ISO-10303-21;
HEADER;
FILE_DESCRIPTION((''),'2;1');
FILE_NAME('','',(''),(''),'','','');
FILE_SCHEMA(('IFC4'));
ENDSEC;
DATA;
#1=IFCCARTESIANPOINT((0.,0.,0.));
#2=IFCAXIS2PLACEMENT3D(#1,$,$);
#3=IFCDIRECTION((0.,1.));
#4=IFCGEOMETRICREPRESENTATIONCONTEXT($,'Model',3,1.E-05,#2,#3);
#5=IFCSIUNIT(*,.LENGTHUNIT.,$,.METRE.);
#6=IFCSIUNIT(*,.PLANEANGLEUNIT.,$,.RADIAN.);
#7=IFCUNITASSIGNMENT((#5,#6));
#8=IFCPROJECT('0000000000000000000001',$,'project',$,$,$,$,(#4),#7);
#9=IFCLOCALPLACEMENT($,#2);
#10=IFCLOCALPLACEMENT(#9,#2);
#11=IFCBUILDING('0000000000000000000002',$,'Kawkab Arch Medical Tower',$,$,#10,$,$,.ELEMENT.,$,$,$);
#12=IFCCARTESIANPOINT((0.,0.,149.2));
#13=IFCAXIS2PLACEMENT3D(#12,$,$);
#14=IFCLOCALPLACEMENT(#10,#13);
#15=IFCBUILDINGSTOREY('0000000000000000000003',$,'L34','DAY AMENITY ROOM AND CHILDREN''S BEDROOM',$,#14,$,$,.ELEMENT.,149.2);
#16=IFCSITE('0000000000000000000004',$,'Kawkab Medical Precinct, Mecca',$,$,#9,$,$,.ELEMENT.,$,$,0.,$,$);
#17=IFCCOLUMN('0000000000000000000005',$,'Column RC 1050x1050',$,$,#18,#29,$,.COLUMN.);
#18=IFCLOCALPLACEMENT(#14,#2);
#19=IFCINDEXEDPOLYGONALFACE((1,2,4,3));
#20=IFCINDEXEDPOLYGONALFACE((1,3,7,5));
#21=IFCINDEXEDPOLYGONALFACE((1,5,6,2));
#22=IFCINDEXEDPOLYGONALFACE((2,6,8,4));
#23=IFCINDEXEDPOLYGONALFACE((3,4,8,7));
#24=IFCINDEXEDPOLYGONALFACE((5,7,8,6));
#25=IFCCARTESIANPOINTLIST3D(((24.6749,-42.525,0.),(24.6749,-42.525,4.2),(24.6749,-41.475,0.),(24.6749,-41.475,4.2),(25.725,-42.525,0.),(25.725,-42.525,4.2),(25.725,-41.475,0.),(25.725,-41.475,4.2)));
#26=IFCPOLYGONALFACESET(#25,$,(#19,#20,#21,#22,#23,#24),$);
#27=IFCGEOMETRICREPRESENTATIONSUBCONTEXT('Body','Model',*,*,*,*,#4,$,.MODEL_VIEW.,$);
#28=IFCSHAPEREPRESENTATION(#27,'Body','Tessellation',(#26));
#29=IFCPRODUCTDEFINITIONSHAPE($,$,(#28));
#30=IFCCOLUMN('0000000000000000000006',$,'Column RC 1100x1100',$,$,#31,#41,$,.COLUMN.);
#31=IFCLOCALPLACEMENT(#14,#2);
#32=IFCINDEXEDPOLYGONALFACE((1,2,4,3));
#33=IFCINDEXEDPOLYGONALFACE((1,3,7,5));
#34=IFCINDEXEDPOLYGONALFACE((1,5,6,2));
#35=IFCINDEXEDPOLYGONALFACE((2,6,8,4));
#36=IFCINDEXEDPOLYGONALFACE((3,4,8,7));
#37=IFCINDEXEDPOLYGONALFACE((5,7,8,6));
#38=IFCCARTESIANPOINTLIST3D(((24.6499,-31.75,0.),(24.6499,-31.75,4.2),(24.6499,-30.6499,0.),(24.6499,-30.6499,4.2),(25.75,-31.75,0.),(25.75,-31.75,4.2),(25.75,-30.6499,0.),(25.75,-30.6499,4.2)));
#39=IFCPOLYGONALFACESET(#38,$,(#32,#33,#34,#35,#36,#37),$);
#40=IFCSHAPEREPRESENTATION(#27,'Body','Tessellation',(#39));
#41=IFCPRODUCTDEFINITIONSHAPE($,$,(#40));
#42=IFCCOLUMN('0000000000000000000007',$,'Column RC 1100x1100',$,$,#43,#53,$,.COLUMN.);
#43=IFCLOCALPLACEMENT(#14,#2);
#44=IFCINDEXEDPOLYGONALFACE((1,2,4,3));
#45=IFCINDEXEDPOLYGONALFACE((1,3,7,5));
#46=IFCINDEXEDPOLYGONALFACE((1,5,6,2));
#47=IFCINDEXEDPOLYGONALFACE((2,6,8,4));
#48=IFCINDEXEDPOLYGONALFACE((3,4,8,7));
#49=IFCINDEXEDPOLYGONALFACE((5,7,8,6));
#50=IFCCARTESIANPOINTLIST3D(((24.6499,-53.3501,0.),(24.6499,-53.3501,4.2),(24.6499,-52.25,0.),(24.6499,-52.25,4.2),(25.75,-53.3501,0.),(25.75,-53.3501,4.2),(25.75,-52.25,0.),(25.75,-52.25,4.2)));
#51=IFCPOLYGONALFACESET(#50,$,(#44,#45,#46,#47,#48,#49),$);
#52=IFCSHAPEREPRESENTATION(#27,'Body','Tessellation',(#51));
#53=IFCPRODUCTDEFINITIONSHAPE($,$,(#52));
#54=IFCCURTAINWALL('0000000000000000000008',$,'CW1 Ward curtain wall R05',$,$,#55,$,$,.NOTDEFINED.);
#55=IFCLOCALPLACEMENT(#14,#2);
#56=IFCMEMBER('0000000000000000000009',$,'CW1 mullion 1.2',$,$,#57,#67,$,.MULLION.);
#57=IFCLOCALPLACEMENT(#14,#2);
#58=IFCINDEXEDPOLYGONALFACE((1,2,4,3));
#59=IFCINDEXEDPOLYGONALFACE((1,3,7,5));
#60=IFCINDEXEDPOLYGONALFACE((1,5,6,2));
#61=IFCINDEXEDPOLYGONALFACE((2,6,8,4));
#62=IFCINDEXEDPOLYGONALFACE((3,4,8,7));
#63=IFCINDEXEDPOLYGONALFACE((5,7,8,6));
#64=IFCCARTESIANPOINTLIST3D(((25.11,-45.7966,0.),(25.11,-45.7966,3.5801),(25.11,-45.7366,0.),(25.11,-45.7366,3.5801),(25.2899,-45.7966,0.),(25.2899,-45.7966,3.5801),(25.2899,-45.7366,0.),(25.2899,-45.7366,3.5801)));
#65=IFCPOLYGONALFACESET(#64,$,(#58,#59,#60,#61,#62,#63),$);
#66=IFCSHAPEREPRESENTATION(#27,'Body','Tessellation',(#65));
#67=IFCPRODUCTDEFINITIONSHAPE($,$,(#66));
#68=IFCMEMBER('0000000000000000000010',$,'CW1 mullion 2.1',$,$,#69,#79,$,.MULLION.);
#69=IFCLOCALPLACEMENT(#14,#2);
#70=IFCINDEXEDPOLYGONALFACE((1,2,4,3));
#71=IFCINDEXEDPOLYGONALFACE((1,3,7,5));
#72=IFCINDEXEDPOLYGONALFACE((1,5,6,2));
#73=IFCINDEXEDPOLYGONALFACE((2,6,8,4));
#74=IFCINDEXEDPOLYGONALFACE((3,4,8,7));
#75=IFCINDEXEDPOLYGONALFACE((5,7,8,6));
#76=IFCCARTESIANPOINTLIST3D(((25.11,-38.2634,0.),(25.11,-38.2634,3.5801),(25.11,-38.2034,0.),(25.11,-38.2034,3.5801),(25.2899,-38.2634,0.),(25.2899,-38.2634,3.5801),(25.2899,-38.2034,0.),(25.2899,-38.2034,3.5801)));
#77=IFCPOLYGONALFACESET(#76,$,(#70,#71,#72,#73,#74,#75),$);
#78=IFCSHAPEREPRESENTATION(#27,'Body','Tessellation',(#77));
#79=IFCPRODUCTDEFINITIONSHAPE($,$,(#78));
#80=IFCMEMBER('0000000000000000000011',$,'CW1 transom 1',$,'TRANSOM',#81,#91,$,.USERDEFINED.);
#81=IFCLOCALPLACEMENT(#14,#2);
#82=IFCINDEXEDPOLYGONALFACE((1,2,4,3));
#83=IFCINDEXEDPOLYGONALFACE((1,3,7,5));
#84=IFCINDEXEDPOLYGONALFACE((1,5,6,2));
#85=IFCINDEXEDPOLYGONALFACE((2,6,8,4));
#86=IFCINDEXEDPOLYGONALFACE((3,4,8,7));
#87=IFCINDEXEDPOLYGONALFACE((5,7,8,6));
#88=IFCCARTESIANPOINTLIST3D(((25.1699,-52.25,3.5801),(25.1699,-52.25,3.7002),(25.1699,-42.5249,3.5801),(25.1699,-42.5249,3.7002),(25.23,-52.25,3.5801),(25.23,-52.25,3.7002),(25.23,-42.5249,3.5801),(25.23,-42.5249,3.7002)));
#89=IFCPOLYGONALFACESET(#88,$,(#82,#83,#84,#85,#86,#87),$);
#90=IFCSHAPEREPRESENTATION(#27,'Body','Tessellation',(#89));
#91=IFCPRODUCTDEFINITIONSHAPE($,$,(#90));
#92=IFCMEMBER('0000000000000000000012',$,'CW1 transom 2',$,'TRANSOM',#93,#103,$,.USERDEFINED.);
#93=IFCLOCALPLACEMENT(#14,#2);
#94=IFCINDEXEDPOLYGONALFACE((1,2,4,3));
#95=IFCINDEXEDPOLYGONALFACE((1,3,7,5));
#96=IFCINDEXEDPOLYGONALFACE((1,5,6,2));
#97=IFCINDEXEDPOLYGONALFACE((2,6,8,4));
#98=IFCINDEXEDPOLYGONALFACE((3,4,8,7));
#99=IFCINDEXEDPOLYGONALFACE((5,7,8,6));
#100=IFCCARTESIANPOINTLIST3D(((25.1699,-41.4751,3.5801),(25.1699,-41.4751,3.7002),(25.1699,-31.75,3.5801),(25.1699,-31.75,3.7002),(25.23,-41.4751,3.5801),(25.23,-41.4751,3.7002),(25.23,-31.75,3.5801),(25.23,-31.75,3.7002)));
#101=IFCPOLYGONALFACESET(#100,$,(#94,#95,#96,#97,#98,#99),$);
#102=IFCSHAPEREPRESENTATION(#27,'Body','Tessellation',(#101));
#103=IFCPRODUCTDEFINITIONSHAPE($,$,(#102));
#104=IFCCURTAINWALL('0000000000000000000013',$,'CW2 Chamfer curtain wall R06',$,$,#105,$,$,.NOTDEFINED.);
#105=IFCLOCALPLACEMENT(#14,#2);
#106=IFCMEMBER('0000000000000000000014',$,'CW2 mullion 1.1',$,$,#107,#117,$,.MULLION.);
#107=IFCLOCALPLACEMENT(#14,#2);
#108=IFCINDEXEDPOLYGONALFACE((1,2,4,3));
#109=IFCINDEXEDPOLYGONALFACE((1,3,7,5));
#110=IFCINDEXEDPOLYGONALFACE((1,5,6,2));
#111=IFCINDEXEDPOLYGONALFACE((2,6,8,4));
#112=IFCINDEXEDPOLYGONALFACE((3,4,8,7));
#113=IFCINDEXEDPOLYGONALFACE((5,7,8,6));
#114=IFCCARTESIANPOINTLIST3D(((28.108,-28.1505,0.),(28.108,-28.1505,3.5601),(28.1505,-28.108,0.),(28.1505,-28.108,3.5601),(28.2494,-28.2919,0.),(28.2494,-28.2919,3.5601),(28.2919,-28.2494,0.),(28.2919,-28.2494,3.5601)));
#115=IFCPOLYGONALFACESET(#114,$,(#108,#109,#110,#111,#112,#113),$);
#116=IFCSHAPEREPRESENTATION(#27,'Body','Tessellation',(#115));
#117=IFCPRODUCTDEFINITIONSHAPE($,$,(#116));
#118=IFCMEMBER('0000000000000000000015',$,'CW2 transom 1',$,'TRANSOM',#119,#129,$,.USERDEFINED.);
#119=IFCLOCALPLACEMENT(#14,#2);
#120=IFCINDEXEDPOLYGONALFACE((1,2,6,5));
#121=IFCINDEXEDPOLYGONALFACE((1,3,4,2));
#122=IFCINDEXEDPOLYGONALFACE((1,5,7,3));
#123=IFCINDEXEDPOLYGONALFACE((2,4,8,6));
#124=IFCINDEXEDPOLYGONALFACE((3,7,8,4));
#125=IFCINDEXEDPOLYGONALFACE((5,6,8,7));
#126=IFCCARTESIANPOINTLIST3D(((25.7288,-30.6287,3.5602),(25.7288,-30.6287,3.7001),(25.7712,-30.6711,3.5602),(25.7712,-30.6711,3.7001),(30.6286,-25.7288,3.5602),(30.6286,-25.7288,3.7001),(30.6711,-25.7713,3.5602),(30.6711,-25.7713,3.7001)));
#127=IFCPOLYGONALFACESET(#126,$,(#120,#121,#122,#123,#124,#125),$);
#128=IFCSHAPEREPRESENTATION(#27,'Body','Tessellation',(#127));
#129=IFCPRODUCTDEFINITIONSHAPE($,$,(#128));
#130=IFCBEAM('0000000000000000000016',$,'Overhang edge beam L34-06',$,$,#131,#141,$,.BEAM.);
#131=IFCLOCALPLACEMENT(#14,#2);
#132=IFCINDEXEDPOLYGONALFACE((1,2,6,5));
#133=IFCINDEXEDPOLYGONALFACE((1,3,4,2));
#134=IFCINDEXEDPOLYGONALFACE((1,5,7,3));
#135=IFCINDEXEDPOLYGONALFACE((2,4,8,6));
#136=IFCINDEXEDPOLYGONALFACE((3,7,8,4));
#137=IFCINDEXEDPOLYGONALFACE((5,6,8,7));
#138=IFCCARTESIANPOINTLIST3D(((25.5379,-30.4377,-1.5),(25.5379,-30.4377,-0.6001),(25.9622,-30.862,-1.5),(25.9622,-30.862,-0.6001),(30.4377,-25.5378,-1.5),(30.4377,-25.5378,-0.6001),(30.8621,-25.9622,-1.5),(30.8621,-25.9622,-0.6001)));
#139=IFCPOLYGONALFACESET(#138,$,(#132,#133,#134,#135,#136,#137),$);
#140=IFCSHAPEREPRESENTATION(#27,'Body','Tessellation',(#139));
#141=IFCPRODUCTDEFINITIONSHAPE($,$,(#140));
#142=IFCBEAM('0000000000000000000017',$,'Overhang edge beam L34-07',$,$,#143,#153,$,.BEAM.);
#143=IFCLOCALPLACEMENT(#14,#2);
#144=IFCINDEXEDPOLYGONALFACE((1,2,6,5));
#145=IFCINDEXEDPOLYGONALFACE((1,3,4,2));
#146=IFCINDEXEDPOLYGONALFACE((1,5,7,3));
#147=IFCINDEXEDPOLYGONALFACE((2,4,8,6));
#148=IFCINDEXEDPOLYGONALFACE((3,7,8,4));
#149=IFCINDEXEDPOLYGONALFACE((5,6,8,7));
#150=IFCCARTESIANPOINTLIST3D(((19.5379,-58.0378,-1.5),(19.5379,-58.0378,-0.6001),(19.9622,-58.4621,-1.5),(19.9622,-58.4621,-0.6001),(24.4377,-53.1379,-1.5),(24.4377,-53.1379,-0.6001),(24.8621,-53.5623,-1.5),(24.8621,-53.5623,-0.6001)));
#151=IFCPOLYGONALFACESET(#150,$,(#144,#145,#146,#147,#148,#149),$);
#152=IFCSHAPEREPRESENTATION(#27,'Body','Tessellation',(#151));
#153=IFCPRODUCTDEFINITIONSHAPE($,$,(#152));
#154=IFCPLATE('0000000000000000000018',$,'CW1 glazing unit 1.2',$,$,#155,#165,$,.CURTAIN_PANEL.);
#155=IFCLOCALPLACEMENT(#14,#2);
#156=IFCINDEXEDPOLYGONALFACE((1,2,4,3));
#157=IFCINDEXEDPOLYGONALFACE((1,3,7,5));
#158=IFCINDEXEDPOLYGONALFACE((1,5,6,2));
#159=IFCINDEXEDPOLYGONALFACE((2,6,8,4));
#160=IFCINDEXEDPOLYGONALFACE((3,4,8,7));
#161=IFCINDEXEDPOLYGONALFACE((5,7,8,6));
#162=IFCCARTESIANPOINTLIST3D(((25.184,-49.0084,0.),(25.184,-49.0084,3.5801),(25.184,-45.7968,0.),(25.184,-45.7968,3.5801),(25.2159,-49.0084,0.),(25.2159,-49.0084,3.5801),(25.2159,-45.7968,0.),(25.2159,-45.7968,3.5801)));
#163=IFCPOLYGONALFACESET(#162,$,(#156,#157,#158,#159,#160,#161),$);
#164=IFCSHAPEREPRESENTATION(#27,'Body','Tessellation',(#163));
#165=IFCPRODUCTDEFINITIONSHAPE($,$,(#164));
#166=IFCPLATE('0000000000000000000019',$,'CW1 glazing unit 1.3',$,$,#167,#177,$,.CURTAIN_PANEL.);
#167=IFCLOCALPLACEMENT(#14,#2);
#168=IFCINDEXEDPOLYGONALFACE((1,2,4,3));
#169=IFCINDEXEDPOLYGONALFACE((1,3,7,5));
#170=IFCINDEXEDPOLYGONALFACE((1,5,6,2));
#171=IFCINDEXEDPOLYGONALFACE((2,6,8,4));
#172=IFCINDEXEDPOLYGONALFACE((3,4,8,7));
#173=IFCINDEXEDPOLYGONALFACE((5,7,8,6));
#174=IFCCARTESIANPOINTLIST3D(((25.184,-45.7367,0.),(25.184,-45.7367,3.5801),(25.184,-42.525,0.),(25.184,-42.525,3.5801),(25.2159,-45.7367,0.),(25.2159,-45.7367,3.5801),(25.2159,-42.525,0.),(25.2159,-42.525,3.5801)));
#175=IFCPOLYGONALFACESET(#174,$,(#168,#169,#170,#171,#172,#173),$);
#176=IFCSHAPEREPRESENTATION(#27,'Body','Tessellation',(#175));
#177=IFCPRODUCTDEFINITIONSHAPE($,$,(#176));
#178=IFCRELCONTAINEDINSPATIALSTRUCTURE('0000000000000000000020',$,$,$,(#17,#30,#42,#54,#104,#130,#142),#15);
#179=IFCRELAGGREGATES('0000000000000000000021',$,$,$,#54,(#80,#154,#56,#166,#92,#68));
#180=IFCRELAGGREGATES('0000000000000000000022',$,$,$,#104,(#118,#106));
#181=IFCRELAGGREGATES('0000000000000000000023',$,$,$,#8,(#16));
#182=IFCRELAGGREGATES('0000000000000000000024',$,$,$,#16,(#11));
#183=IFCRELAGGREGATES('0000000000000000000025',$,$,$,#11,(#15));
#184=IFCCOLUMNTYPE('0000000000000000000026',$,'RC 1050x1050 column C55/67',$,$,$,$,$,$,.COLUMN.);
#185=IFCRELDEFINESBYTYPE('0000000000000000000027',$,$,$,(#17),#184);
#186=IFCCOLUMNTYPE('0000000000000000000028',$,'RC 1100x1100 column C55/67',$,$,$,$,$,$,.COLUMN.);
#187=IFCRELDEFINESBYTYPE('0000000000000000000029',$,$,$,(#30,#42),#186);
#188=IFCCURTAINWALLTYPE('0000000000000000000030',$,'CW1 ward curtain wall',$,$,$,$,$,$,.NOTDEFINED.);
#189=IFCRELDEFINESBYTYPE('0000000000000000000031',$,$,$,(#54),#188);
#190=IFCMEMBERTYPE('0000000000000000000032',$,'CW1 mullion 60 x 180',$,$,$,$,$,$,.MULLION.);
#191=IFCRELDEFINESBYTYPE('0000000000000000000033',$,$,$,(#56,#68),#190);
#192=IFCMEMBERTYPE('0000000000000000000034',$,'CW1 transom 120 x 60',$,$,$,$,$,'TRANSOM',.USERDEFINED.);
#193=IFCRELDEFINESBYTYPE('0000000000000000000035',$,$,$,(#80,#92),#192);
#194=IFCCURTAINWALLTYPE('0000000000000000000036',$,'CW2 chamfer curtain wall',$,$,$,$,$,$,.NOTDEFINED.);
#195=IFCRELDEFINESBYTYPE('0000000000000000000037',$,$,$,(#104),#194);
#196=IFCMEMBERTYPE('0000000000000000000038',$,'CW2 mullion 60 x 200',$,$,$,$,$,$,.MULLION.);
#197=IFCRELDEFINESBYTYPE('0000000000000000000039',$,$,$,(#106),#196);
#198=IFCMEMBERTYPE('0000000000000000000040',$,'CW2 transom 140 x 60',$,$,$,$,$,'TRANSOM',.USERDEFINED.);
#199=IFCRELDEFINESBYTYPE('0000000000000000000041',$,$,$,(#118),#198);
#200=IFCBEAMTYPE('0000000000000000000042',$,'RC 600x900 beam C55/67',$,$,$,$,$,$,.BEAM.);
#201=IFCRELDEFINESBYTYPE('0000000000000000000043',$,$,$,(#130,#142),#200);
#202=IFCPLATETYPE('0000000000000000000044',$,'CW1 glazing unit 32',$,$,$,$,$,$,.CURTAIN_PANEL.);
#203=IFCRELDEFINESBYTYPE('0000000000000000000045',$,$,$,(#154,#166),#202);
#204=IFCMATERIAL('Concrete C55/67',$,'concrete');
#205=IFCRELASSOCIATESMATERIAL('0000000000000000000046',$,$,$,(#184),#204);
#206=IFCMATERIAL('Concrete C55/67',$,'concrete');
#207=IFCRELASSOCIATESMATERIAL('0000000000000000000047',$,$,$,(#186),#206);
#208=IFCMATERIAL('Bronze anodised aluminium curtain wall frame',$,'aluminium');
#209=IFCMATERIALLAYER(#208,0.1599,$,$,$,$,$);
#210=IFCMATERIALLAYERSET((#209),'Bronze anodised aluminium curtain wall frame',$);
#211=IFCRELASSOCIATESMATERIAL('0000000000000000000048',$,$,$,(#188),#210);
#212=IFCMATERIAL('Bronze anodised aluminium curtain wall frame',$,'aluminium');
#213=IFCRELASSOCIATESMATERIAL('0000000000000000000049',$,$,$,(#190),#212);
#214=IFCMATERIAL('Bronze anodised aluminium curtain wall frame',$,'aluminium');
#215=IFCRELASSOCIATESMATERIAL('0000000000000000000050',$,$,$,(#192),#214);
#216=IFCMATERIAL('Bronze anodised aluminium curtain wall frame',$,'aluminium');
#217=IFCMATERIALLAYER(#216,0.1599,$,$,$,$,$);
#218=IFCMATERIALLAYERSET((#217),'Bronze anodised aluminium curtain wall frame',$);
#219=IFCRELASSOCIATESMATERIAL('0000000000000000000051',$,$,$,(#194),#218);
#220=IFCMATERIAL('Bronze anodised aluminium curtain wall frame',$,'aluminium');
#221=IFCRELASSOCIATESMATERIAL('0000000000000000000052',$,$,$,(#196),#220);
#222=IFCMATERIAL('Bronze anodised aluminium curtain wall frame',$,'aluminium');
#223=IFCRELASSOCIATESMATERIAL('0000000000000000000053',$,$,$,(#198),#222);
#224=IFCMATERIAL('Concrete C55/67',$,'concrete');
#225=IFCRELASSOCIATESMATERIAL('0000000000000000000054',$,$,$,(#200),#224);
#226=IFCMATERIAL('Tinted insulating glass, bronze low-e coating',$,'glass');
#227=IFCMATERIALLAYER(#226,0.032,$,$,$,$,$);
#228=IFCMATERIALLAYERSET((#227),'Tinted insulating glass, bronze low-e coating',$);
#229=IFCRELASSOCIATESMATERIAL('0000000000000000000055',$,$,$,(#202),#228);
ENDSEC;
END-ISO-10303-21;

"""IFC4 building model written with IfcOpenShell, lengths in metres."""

from ifc_helpers import new_model, si_unit, direction, frame, origin, origin_2d, place, context, subcontext, project, spatial, rectangle, extrude, material, layer, layer_set, material_profile, profile_set, type_object, element, aggregate, save


model = new_model("IFC4")

# Units and contexts
model_context = context("Model", 3, precision=1e-05, world=origin(), true_north=direction((0.0, 1.0)))
body_context = subcontext(model_context, "Body", "Model", "MODEL_VIEW")
ifc_project = project(units=[si_unit("LENGTHUNIT", "METRE"), si_unit("PLANEANGLEUNIT", "RADIAN")], contexts=[model_context])

# Site, building, storey
site_placement = place(None, origin())
site = spatial("IfcSite", under=ifc_project, at=site_placement, Name="Kawkab Medical Precinct, Mecca", CompositionType="ELEMENT", RefElevation=0.0)
building_placement = place(site_placement, origin())
building = spatial("IfcBuilding", under=site, at=building_placement, Name="Kawkab Arch Medical Tower", CompositionType="ELEMENT")
storey_placement = place(building_placement, frame((0.0, 0.0, 149.2)))
storey = spatial("IfcBuildingStorey", under=building, at=storey_placement, Name="L34", Description="DAY AMENITY ROOM AND CHILDREN'S BEDROOM", CompositionType="ELEMENT", Elevation=149.2)

# Columns
ifc_material_1 = material(Name="Concrete C55/67", Category="concrete")
ifc_material_profile_1 = material_profile(ifc_material_1, rectangle(XDim=1.05, YDim=1.05, at=origin_2d()), Name="RC 1050x1050")
ifc_profile_set_1 = profile_set([ifc_material_profile_1], Name="Concrete C55/67")
column_type_1 = type_object("IfcColumnType", Name="RC 1050x1050 column C55/67", PredefinedType="COLUMN", material=ifc_profile_set_1)
column_placement = place(storey_placement, frame((25.2, -42.0, 0.0), z_axis=(0.0, 0.0, 1.0), x_axis=(1.0, 0.0, 0.0)))
element("IfcColumn", 1, at=column_placement, inside=storey, type_object=column_type_1, Name="Column RC 1050x1050", PredefinedType="COLUMN", context=body_context, shape_type="SweptSolid", body=[
    extrude(rectangle(XDim=1.05, YDim=1.05, at=origin_2d()), origin(), (0.0, 0.0, 1.0), 4.2),
])
ifc_material_2 = material(Name="Concrete C55/67", Category="concrete")
ifc_material_profile_2 = material_profile(ifc_material_2, rectangle(XDim=1.1001, YDim=1.1001, at=origin_2d()), Name="RC 1100x1100")
ifc_profile_set_2 = profile_set([ifc_material_profile_2], Name="Concrete C55/67")
column_type_2 = type_object("IfcColumnType", Name="RC 1100x1100 column C55/67", PredefinedType="COLUMN", material=ifc_profile_set_2)
for number, where, z_axis, x_axis, name in (
    (2, (25.2, -31.2, 0.0), (0.0, 0.0, 1.0), (1.0, 0.0, 0.0), "Column RC 1100x1100"),
    (3, (25.2, -52.8, 0.0), (0.0, 0.0, 1.0), (1.0, 0.0, 0.0), "Column RC 1100x1100"),
):
    element("IfcColumn", number, at=place(storey_placement, frame(where, z_axis=z_axis, x_axis=x_axis)), inside=storey, type_object=column_type_2, Name=name, PredefinedType="COLUMN", context=body_context, shape_type="SweptSolid", body=[
        extrude(rectangle(XDim=1.1001, YDim=1.1001, at=origin_2d()), origin(), (0.0, 0.0, 1.0), 4.2),
    ])

# Curtain walls, members
ifc_material_3 = material(Name="Bronze anodised aluminium curtain wall frame", Category="aluminium")
ifc_layer_1 = layer(ifc_material_3, 0.1599)
ifc_layer_set_1 = layer_set([ifc_layer_1], Name="Bronze anodised aluminium curtain wall frame")
curtain_wall_type_1 = type_object("IfcCurtainWallType", Name="CW1 ward curtain wall", PredefinedType="NOTDEFINED", material=ifc_layer_set_1)
placement = place(storey_placement, origin())
curtain_wall_1 = element("IfcCurtainWall", 4, at=placement, inside=storey, type_object=curtain_wall_type_1, Name="CW1 Ward curtain wall R05", PredefinedType="NOTDEFINED")
ifc_material_4 = material(Name="Bronze anodised aluminium curtain wall frame", Category="aluminium")
ifc_material_profile_3 = material_profile(ifc_material_4, rectangle(XDim=0.1799, YDim=0.0601, at=origin_2d()), Name="AL 60x180")
ifc_profile_set_3 = profile_set([ifc_material_profile_3], Name="Bronze anodised aluminium curtain wall frame")
member_type_1 = type_object("IfcMemberType", Name="CW1 mullion 60 x 180", PredefinedType="MULLION", material=ifc_profile_set_3)
member_1_placement = place(storey_placement, frame((25.2, -45.7666, 0.0), z_axis=(0.0, 0.0, 1.0), x_axis=(-1.0, 0.0, 0.0)))
member_1 = element("IfcMember", 5, at=member_1_placement, type_object=member_type_1, Name="CW1 mullion 1.2", PredefinedType="MULLION", context=body_context, shape_type="SweptSolid", body=[
    extrude(rectangle(XDim=0.1799, YDim=0.0601, at=origin_2d()), origin(), (0.0, 0.0, 1.0), 3.5801),
])
member_2_placement = place(storey_placement, frame((25.2, -38.2334, 0.0), z_axis=(0.0, 0.0, 1.0), x_axis=(-1.0, 0.0, 0.0)))
member_2 = element("IfcMember", 6, at=member_2_placement, type_object=member_type_1, Name="CW1 mullion 2.1", PredefinedType="MULLION", context=body_context, shape_type="SweptSolid", body=[
    extrude(rectangle(XDim=0.1799, YDim=0.0601, at=origin_2d()), origin(), (0.0, 0.0, 1.0), 3.5801),
])
ifc_material_5 = material(Name="Bronze anodised aluminium curtain wall frame", Category="aluminium")
ifc_material_profile_4 = material_profile(ifc_material_5, rectangle(XDim=0.0601, YDim=0.1201, at=origin_2d()), Name="AL 60x120")
ifc_profile_set_4 = profile_set([ifc_material_profile_4], Name="Bronze anodised aluminium curtain wall frame")
member_type_2 = type_object("IfcMemberType", Name="CW1 transom 120 x 60", ElementType="TRANSOM", PredefinedType="USERDEFINED", material=ifc_profile_set_4)
member_3_placement = place(storey_placement, frame((25.2, -52.25, 3.6401), z_axis=(0.0, 1.0, 0.0), x_axis=(-1.0, 0.0, 0.0)))
member_3 = element("IfcMember", 7, at=member_3_placement, type_object=member_type_2, Name="CW1 transom 1", ObjectType="TRANSOM", PredefinedType="USERDEFINED", context=body_context, shape_type="SweptSolid", body=[
    extrude(rectangle(XDim=0.0601, YDim=0.1201, at=origin_2d()), origin(), (0.0, 0.0, 1.0), 9.7251),
])
member_4_placement = place(storey_placement, frame((25.2, -41.4751, 3.6401), z_axis=(0.0, 1.0, 0.0), x_axis=(-1.0, 0.0, 0.0)))
member_4 = element("IfcMember", 8, at=member_4_placement, type_object=member_type_2, Name="CW1 transom 2", ObjectType="TRANSOM", PredefinedType="USERDEFINED", context=body_context, shape_type="SweptSolid", body=[
    extrude(rectangle(XDim=0.0601, YDim=0.1201, at=origin_2d()), origin(), (0.0, 0.0, 1.0), 9.7251),
])
ifc_material_6 = material(Name="Bronze anodised aluminium curtain wall frame", Category="aluminium")
ifc_layer_2 = layer(ifc_material_6, 0.1599)
ifc_layer_set_2 = layer_set([ifc_layer_2], Name="Bronze anodised aluminium curtain wall frame")
curtain_wall_type_2 = type_object("IfcCurtainWallType", Name="CW2 chamfer curtain wall", PredefinedType="NOTDEFINED", material=ifc_layer_set_2)
curtain_wall_2 = element("IfcCurtainWall", 9, at=placement, inside=storey, type_object=curtain_wall_type_2, Name="CW2 Chamfer curtain wall R06", PredefinedType="NOTDEFINED")
ifc_material_7 = material(Name="Bronze anodised aluminium curtain wall frame", Category="aluminium")
ifc_material_profile_5 = material_profile(ifc_material_7, rectangle(XDim=0.2, YDim=0.0601, at=origin_2d()), Name="AL 60x200")
ifc_profile_set_5 = profile_set([ifc_material_profile_5], Name="Bronze anodised aluminium curtain wall frame")
member_type_3 = type_object("IfcMemberType", Name="CW2 mullion 60 x 200", PredefinedType="MULLION", material=ifc_profile_set_5)
member_5_placement = place(storey_placement, frame((28.2, -28.2, 0.0), z_axis=(0.0, 0.0, 1.0), x_axis=(-0.707107, 0.707107, 0.0)))
member_5 = element("IfcMember", 10, at=member_5_placement, type_object=member_type_3, Name="CW2 mullion 1.1", PredefinedType="MULLION", context=body_context, shape_type="SweptSolid", body=[
    extrude(rectangle(XDim=0.2, YDim=0.0601, at=origin_2d()), origin(), (0.0, 0.0, 1.0), 3.5601),
])
ifc_material_8 = material(Name="Bronze anodised aluminium curtain wall frame", Category="aluminium")
ifc_material_profile_6 = material_profile(ifc_material_8, rectangle(XDim=0.0601, YDim=0.1399, at=origin_2d()), Name="AL 60x140")
ifc_profile_set_6 = profile_set([ifc_material_profile_6], Name="Bronze anodised aluminium curtain wall frame")
member_type_4 = type_object("IfcMemberType", Name="CW2 transom 140 x 60", ElementType="TRANSOM", PredefinedType="USERDEFINED", material=ifc_profile_set_6)
member_6_placement = place(storey_placement, frame((25.75, -30.6499, 3.6301), z_axis=(0.707107, 0.707107, 0.0), x_axis=(-0.707107, 0.707107, 0.0)))
member_6 = element("IfcMember", 11, at=member_6_placement, type_object=member_type_4, Name="CW2 transom 1", ObjectType="TRANSOM", PredefinedType="USERDEFINED", context=body_context, shape_type="SweptSolid", body=[
    extrude(rectangle(XDim=0.0601, YDim=0.1399, at=origin_2d()), origin(), (0.0, 0.0, 1.0), 6.9294),
])

# Beams
ifc_material_9 = material(Name="Concrete C55/67", Category="concrete")
ifc_material_profile_7 = material_profile(ifc_material_9, rectangle(XDim=0.6001, YDim=0.8999, at=origin_2d()), Name="RC 600x900")
ifc_profile_set_7 = profile_set([ifc_material_profile_7], Name="Concrete C55/67")
beam_type = type_object("IfcBeamType", Name="RC 600x900 beam C55/67", PredefinedType="BEAM", material=ifc_profile_set_7)
for number, where, z_axis, x_axis, name in (
    (12, (30.6499, -25.75, -1.05), (-0.707107, -0.707107, 0.0), (0.707107, -0.707107, 0.0), "Overhang edge beam L34-06"),
    (13, (24.6499, -53.3501, -1.05), (-0.707107, -0.707107, 0.0), (0.707107, -0.707107, 0.0), "Overhang edge beam L34-07"),
):
    element("IfcBeam", number, at=place(storey_placement, frame(where, z_axis=z_axis, x_axis=x_axis)), inside=storey, type_object=beam_type, Name=name, PredefinedType="BEAM", context=body_context, shape_type="SweptSolid", body=[
        extrude(rectangle(XDim=0.6001, YDim=0.8999, at=origin_2d()), origin(), (0.0, 0.0, 1.0), 6.9294),
    ])

# Plates
ifc_material_10 = material(Name="Tinted insulating glass, bronze low-e coating", Category="glass")
ifc_layer_3 = layer(ifc_material_10, 0.032)
ifc_layer_set_3 = layer_set([ifc_layer_3], Name="Tinted insulating glass, bronze low-e coating")
plate_type_1 = type_object("IfcPlateType", Name="CW1 glazing unit 32", PredefinedType="CURTAIN_PANEL", material=ifc_layer_set_3)
plate_1_placement = place(storey_placement, frame((25.2, -47.4026, 0.0), z_axis=(0.0, 0.0, 1.0), x_axis=(0.0, 1.0, 0.0)))
plate_1 = element("IfcPlate", 14, at=plate_1_placement, type_object=plate_type_1, Name="CW1 glazing unit 1.2", PredefinedType="CURTAIN_PANEL", context=body_context, shape_type="SweptSolid", body=[
    extrude(rectangle(XDim=3.2117, YDim=0.032, at=origin_2d()), origin(), (0.0, 0.0, 1.0), 3.5801),
])
plate_2_placement = place(storey_placement, frame((25.2, -44.1309, 0.0), z_axis=(0.0, 0.0, 1.0), x_axis=(0.0, 1.0, 0.0)))
plate_2 = element("IfcPlate", 15, at=plate_2_placement, type_object=plate_type_1, Name="CW1 glazing unit 1.3", PredefinedType="CURTAIN_PANEL", context=body_context, shape_type="SweptSolid", body=[
    extrude(rectangle(XDim=3.2117, YDim=0.032, at=origin_2d()), origin(), (0.0, 0.0, 1.0), 3.5801),
])
aggregate(curtain_wall_1, [member_3, plate_1, member_1, plate_2, member_4, member_2])

aggregate(curtain_wall_2, [member_6, member_5])

save(model, "model.ifc")
